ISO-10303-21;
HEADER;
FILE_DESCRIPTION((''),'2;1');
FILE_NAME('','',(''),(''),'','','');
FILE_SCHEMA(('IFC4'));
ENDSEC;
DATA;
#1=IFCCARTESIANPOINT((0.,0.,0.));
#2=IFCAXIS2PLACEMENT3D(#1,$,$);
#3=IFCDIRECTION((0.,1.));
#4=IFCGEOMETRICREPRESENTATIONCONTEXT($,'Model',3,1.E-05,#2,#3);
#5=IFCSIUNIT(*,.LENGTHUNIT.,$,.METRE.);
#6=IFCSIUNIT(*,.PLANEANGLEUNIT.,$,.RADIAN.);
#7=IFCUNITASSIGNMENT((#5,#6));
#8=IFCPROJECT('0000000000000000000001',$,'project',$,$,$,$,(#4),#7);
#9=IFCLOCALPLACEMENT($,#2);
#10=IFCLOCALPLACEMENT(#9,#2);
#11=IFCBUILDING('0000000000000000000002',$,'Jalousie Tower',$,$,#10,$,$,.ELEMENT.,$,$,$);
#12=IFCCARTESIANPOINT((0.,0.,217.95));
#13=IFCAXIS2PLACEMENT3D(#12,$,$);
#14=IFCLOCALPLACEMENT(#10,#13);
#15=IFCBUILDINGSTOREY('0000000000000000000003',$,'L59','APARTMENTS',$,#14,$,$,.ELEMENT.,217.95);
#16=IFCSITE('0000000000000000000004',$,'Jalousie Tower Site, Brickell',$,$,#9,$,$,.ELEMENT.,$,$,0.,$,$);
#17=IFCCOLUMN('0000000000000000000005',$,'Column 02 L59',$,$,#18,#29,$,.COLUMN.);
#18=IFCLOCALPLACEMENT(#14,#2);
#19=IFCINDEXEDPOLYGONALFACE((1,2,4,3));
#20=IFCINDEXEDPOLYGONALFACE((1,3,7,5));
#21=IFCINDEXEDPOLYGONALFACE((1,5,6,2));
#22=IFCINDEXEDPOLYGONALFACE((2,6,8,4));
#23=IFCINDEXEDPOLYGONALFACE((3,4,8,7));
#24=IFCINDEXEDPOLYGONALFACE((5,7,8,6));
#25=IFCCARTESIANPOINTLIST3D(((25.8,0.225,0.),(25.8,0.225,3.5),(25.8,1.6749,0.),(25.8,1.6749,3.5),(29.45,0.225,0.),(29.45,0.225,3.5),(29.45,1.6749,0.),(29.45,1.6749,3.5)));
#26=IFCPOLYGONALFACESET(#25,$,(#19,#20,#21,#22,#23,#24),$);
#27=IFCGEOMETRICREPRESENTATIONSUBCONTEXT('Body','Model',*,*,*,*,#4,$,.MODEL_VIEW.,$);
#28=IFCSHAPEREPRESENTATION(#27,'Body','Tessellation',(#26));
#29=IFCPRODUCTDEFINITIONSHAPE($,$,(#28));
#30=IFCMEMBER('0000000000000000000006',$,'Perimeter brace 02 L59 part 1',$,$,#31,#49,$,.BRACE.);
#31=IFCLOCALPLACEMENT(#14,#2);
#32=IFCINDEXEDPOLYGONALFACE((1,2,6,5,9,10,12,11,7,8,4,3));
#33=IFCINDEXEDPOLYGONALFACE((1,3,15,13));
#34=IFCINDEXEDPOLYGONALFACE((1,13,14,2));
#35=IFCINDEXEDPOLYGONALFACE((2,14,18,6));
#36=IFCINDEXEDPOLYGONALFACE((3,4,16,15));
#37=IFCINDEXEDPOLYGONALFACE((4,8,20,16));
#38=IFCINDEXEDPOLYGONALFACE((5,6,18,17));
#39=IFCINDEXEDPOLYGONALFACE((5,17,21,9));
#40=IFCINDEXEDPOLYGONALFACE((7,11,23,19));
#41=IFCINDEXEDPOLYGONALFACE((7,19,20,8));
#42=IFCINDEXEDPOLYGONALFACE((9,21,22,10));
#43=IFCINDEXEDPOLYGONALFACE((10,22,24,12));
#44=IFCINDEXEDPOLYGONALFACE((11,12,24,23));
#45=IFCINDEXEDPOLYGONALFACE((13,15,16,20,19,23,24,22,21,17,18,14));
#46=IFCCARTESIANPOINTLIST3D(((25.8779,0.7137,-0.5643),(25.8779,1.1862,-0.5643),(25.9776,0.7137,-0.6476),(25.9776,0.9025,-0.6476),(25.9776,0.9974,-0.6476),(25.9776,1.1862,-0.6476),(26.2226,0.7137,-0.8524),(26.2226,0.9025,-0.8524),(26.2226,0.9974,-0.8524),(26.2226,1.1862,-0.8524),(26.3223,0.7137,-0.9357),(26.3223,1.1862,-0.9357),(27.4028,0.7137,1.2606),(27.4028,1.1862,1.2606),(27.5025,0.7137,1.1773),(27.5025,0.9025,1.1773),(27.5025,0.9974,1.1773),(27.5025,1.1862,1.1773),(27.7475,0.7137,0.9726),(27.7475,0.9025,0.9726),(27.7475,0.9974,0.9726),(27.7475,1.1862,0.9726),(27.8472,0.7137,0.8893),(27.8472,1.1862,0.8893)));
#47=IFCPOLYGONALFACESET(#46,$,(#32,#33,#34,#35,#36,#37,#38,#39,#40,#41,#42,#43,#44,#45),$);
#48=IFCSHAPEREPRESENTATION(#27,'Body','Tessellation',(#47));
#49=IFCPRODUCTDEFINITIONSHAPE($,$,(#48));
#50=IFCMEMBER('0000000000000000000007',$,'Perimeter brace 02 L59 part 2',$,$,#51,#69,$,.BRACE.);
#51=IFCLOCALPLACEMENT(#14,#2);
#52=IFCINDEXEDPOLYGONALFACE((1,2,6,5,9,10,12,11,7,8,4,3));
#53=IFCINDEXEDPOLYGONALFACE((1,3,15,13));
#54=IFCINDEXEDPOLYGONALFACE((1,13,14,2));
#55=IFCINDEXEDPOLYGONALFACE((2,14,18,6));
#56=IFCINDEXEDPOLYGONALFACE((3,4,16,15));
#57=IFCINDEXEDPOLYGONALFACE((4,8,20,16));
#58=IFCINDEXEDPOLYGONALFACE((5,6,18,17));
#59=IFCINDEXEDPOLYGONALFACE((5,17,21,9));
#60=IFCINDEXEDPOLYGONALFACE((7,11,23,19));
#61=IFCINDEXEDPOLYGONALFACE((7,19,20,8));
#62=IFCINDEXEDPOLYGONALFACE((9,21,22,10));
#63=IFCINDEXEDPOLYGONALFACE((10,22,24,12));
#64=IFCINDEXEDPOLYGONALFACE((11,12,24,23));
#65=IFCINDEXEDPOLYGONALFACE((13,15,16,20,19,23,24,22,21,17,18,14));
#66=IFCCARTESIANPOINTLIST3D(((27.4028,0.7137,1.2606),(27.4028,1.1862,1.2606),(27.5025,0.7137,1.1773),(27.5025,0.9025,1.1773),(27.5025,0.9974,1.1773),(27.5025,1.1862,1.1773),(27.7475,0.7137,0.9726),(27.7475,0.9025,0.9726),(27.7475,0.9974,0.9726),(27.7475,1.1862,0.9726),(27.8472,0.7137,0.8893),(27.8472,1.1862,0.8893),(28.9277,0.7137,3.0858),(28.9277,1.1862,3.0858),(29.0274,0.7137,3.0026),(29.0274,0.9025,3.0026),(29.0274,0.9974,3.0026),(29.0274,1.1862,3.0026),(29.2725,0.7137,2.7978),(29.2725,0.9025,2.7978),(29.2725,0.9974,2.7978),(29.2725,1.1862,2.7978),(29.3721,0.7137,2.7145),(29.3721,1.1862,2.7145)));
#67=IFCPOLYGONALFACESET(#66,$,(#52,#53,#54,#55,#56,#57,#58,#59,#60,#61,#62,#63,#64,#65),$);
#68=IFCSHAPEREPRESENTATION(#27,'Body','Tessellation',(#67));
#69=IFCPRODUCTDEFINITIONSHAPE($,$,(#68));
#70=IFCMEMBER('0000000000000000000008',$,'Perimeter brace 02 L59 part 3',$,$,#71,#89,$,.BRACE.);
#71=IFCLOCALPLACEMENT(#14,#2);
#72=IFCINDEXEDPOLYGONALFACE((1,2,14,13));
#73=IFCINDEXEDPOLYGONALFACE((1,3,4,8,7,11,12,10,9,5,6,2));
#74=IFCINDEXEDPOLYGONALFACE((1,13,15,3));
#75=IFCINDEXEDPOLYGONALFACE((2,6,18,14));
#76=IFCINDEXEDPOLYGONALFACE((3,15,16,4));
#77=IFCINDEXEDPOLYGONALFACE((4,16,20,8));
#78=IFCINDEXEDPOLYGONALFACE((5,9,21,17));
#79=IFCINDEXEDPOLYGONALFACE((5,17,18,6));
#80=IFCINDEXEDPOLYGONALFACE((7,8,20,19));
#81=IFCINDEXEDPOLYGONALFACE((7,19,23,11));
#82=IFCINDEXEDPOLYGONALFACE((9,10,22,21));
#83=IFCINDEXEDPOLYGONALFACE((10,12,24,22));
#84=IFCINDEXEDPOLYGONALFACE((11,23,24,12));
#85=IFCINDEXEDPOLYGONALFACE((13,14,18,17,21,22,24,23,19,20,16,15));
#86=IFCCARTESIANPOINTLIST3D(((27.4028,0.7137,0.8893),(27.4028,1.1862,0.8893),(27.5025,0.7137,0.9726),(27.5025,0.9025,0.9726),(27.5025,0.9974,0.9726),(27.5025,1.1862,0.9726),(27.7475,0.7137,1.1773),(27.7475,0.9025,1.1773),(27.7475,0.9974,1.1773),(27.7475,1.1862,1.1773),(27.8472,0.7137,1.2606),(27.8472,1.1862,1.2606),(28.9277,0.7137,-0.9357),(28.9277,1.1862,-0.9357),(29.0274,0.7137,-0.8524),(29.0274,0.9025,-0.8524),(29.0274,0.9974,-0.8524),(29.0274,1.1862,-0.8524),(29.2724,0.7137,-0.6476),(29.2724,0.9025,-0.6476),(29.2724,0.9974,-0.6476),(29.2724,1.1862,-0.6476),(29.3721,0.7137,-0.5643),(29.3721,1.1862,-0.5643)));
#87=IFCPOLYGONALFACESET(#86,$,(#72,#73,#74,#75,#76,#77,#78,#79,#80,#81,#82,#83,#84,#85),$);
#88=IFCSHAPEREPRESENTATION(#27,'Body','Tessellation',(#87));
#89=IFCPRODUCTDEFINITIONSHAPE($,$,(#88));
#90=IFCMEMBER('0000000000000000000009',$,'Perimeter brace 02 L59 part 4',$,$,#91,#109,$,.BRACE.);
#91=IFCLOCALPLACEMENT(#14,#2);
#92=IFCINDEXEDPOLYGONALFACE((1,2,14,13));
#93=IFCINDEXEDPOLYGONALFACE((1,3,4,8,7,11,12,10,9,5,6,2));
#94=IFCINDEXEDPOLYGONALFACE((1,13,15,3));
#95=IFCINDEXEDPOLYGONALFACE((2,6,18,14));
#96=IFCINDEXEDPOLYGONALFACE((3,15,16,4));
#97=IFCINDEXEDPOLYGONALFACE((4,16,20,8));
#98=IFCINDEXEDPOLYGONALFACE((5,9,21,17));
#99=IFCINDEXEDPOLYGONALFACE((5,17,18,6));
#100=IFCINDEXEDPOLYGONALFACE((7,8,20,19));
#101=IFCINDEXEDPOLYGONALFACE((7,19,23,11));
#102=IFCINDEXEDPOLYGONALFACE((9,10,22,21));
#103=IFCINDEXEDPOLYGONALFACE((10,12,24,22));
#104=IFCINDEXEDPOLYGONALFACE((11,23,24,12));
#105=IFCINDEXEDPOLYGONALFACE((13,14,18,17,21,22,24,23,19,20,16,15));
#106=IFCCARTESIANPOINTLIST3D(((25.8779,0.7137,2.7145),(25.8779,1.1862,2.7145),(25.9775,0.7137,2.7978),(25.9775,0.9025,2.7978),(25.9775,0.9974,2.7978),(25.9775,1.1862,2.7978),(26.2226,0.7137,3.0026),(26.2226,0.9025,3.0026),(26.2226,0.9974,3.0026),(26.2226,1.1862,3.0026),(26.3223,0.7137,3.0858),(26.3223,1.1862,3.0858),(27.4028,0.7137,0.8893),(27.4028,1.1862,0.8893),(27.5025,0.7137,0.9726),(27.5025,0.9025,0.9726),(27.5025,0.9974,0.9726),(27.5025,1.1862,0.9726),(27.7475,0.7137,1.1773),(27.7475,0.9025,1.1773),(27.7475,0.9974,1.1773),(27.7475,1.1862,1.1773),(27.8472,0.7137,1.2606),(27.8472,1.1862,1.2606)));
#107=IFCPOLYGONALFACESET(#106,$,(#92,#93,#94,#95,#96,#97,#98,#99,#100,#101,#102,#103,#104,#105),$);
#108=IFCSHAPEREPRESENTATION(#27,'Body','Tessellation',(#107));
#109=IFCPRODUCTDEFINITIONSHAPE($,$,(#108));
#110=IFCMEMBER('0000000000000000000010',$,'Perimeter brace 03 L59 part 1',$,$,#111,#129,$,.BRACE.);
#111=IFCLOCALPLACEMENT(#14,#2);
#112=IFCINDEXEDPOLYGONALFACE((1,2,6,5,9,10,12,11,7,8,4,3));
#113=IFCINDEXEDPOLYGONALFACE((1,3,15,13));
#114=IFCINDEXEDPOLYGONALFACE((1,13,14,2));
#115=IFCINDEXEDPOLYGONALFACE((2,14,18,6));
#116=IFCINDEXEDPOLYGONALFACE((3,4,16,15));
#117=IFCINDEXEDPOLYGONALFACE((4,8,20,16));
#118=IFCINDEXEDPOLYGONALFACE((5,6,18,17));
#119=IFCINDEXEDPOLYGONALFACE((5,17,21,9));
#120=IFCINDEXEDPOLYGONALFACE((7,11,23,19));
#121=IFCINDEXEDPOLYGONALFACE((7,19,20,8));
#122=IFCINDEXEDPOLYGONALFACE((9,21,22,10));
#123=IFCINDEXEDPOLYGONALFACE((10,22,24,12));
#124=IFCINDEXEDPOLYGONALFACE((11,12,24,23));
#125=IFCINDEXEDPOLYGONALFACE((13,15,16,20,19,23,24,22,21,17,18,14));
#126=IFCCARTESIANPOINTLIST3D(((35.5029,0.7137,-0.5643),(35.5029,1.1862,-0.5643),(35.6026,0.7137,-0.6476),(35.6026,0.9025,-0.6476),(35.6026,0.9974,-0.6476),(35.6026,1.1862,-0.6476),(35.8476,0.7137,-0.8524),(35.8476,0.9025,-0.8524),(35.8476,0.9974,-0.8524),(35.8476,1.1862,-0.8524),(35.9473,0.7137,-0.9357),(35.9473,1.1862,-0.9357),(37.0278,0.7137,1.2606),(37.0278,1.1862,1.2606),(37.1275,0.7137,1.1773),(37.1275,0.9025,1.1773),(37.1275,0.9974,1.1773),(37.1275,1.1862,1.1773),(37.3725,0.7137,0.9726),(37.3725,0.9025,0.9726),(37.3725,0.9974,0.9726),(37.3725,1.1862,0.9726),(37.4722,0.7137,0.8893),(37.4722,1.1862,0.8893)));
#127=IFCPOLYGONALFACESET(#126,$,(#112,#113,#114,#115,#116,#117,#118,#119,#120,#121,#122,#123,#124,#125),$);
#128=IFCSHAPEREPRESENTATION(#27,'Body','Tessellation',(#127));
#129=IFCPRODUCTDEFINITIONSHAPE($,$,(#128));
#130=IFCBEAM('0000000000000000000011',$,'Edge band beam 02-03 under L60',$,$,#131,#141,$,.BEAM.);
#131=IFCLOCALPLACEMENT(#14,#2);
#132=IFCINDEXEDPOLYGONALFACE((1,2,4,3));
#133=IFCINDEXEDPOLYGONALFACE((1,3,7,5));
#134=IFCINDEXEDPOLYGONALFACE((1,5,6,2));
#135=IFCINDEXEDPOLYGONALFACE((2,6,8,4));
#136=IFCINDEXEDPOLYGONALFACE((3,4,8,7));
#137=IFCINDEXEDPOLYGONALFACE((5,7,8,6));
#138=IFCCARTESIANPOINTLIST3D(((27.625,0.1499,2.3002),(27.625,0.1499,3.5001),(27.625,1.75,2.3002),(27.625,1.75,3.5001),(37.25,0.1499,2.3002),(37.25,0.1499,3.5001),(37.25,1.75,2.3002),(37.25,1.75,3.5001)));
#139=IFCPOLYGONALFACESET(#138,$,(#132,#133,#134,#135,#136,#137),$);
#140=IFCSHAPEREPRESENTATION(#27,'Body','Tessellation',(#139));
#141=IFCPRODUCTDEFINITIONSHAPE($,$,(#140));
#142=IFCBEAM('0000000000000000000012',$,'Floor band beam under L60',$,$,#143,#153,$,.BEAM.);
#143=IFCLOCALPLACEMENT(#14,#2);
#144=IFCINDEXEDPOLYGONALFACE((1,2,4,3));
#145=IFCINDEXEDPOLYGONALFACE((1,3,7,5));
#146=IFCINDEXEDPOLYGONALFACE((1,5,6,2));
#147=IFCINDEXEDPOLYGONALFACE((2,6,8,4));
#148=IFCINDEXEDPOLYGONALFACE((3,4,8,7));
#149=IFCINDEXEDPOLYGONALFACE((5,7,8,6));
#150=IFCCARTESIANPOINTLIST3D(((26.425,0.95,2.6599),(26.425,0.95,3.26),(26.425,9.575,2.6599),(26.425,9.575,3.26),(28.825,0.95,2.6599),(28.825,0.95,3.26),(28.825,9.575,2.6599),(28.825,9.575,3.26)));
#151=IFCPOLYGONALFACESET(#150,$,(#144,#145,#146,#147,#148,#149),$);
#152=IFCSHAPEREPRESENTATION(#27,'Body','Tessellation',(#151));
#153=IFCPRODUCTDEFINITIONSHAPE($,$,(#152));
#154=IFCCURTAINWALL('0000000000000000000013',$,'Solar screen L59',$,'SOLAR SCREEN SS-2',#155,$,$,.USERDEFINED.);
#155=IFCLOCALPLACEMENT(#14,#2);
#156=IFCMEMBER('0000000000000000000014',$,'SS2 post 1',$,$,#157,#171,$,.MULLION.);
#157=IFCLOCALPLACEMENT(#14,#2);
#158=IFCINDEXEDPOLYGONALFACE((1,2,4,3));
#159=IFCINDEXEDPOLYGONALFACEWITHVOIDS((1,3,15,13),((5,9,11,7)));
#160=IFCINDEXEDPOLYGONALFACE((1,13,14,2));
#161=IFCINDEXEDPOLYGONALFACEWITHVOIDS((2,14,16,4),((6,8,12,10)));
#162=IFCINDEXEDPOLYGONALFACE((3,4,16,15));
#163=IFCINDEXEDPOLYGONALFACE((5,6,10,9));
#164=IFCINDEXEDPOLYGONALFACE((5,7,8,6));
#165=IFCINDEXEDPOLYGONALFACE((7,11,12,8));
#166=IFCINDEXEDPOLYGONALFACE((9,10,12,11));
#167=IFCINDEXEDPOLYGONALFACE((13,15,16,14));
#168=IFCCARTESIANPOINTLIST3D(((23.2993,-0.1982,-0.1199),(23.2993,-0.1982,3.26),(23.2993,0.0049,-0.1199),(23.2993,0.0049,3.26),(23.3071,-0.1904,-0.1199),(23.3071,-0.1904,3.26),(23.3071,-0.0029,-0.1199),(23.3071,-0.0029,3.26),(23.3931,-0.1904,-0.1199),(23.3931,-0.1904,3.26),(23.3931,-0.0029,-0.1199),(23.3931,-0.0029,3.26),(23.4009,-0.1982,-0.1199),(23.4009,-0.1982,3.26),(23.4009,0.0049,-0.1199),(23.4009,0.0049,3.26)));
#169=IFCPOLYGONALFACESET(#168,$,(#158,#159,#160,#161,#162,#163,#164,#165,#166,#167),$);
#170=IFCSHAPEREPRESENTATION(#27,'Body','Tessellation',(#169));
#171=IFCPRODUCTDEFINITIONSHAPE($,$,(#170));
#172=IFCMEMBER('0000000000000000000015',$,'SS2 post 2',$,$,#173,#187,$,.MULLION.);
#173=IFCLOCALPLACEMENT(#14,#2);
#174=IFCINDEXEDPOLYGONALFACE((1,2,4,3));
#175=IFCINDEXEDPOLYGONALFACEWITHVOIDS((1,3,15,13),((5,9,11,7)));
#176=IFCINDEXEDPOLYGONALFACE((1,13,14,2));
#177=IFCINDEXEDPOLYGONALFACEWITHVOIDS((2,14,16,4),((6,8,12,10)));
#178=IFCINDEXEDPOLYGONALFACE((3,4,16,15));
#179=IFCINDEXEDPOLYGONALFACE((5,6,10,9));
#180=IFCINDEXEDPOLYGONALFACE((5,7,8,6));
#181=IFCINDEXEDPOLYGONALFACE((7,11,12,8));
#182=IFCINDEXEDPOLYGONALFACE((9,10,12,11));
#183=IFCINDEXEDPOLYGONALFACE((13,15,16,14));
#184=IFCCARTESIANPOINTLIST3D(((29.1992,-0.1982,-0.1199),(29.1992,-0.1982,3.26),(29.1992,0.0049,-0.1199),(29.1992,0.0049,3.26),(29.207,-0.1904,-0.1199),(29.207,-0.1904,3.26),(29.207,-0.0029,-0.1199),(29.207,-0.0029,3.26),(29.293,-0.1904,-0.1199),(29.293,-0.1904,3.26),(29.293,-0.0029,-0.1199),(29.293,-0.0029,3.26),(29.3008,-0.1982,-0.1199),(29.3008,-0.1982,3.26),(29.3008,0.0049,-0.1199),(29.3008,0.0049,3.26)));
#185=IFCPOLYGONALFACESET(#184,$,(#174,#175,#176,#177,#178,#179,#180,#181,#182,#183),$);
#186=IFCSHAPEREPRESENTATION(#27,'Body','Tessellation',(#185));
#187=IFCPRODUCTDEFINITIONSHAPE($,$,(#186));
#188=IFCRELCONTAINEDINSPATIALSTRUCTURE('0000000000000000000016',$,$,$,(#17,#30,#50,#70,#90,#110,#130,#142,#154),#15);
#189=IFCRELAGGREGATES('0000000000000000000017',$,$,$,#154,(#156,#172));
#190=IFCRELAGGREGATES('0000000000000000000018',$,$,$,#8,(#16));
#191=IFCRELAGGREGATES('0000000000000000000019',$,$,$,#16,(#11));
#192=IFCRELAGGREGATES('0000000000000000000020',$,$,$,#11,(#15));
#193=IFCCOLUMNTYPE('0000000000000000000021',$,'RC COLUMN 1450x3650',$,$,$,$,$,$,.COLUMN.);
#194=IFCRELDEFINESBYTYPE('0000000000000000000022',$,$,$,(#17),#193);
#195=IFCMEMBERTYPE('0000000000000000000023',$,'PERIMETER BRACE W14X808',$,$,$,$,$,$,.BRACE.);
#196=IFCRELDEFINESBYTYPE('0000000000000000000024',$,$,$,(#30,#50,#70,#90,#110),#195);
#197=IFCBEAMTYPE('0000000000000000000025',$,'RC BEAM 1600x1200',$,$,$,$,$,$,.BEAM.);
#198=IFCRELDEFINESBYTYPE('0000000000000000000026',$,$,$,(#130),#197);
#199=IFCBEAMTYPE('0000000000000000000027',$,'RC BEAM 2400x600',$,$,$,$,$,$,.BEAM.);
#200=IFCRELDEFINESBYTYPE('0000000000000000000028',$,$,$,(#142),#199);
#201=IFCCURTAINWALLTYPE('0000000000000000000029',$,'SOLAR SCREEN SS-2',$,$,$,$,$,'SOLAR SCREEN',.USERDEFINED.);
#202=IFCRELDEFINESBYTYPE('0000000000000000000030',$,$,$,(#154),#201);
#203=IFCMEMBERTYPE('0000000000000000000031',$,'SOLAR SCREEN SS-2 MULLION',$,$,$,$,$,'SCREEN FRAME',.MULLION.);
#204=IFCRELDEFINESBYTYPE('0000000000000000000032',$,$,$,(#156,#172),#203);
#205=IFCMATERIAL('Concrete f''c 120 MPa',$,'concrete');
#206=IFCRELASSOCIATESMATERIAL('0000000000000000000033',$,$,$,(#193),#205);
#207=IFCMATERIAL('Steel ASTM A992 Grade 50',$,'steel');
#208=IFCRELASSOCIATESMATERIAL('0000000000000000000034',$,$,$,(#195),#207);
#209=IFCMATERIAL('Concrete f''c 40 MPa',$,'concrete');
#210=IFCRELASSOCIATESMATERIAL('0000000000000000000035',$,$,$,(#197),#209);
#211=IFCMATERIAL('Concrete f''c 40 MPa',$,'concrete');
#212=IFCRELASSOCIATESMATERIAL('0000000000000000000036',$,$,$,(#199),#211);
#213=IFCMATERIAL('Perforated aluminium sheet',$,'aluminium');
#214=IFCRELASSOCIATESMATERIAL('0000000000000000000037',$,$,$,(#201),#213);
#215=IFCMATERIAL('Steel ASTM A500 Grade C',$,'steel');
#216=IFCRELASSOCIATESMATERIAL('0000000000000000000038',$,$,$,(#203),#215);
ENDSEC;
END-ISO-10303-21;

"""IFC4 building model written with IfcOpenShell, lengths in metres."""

from ifc_helpers import new_model, si_unit, direction, frame, origin, origin_2d, place, context, subcontext, project, spatial, rectangle, hollow_rectangle, i_section, extrude, material, material_profile, profile_set, type_object, element, aggregate, save


model = new_model("IFC4")

# Units and contexts
model_context = context("Model", 3, precision=1e-05, world=origin(), true_north=direction((0.0, 1.0)))
body_context = subcontext(model_context, "Body", "Model", "MODEL_VIEW")
ifc_project = project(units=[si_unit("LENGTHUNIT", "METRE"), si_unit("PLANEANGLEUNIT", "RADIAN")], contexts=[model_context])

# Site, building, storey
site_placement = place(None, origin())
site = spatial("IfcSite", under=ifc_project, at=site_placement, Name="Jalousie Tower Site, Brickell", CompositionType="ELEMENT", RefElevation=0.0)
building_placement = place(site_placement, origin())
building = spatial("IfcBuilding", under=site, at=building_placement, Name="Jalousie Tower", CompositionType="ELEMENT")
storey_placement = place(building_placement, frame((0.0, 0.0, 217.95)))
storey = spatial("IfcBuildingStorey", under=building, at=storey_placement, Name="L59", Description="APARTMENTS", CompositionType="ELEMENT", Elevation=217.95)

# Column
ifc_material_1 = material(Name="Concrete f'c 120 MPa", Category="concrete")
ifc_material_profile_1 = material_profile(ifc_material_1, rectangle(XDim=1.45, YDim=3.6499, at=origin_2d()), Name="RC 1450x3650")
ifc_profile_set_1 = profile_set([ifc_material_profile_1], Name="Concrete f'c 120 MPa")
column_type = type_object("IfcColumnType", Name="RC COLUMN 1450x3650", PredefinedType="COLUMN", material=ifc_profile_set_1)
column_placement = place(storey_placement, frame((27.625, 0.95, 0.0), z_axis=(0.0, 0.0, 1.0), x_axis=(0.0, 1.0, 0.0)))
element("IfcColumn", 1, at=column_placement, inside=storey, type_object=column_type, Name="Column 02 L59", PredefinedType="COLUMN", context=body_context, shape_type="SweptSolid", body=[
    extrude(rectangle(XDim=1.45, YDim=3.6499, at=origin_2d()), origin(), (0.0, 0.0, 1.0), 3.5),
])

# Members
ifc_material_2 = material(Name="Steel ASTM A992 Grade 50", Category="steel")
ifc_material_profile_2 = material_profile(ifc_material_2, i_section(OverallWidth=0.4724, OverallDepth=0.5791, WebThickness=0.095, FlangeThickness=0.1299, at=origin_2d()), Name="W14X808")
ifc_profile_set_2 = profile_set([ifc_material_profile_2], Name="Steel ASTM A992 Grade 50")
member_type_1 = type_object("IfcMemberType", Name="PERIMETER BRACE W14X808", PredefinedType="BRACE", material=ifc_profile_set_2)
member_1_placement = place(storey_placement, frame((26.1001, 0.95, -0.75), z_axis=(0.641204, 0.0, 0.767371), x_axis=(0.0, 1.0, 0.0)))
element("IfcMember", 2, at=member_1_placement, inside=storey, type_object=member_type_1, Name="Perimeter brace 02 L59 part 1", PredefinedType="BRACE", context=body_context, shape_type="SweptSolid", body=[
    extrude(i_section(OverallWidth=0.4724, OverallDepth=0.5791, WebThickness=0.095, FlangeThickness=0.1299, at=origin_2d()), origin(), (0.0, 0.0, 1.0), 2.3782),
])
member_2_placement = place(storey_placement, frame((27.625, 0.95, 1.075), z_axis=(0.641153, 0.0, 0.767413), x_axis=(0.0, 1.0, 0.0)))
element("IfcMember", 3, at=member_2_placement, inside=storey, type_object=member_type_1, Name="Perimeter brace 02 L59 part 2", PredefinedType="BRACE", context=body_context, shape_type="SweptSolid", body=[
    extrude(i_section(OverallWidth=0.4724, OverallDepth=0.5791, WebThickness=0.095, FlangeThickness=0.1299, at=origin_2d()), origin(), (0.0, 0.0, 1.0), 2.3784),
])
member_3_placement = place(storey_placement, frame((29.1499, 0.95, -0.75), z_axis=(-0.641204, 0.0, 0.767371), x_axis=(0.0, -1.0, 0.0)))
element("IfcMember", 4, at=member_3_placement, inside=storey, type_object=member_type_1, Name="Perimeter brace 02 L59 part 3", PredefinedType="BRACE", context=body_context, shape_type="SweptSolid", body=[
    extrude(i_section(OverallWidth=0.4724, OverallDepth=0.5791, WebThickness=0.095, FlangeThickness=0.1299, at=origin_2d()), origin(), (0.0, 0.0, 1.0), 2.3782),
])
member_4_placement = place(storey_placement, frame((27.625, 0.95, 1.075), z_axis=(-0.641153, 0.0, 0.767413), x_axis=(0.0, -1.0, 0.0)))
element("IfcMember", 5, at=member_4_placement, inside=storey, type_object=member_type_1, Name="Perimeter brace 02 L59 part 4", PredefinedType="BRACE", context=body_context, shape_type="SweptSolid", body=[
    extrude(i_section(OverallWidth=0.4724, OverallDepth=0.5791, WebThickness=0.095, FlangeThickness=0.1299, at=origin_2d()), origin(), (0.0, 0.0, 1.0), 2.3784),
])
member_5_placement = place(storey_placement, frame((35.7251, 0.95, -0.75), z_axis=(0.641204, 0.0, 0.767371), x_axis=(0.0, 1.0, 0.0)))
element("IfcMember", 6, at=member_5_placement, inside=storey, type_object=member_type_1, Name="Perimeter brace 03 L59 part 1", PredefinedType="BRACE", context=body_context, shape_type="SweptSolid", body=[
    extrude(i_section(OverallWidth=0.4724, OverallDepth=0.5791, WebThickness=0.095, FlangeThickness=0.1299, at=origin_2d()), origin(), (0.0, 0.0, 1.0), 2.3782),
])

# Beams
ifc_material_3 = material(Name="Concrete f'c 40 MPa", Category="concrete")
ifc_material_profile_3 = material_profile(ifc_material_3, rectangle(XDim=1.6001, YDim=1.2, at=origin_2d()), Name="RC 1600x1200")
ifc_profile_set_3 = profile_set([ifc_material_profile_3], Name="Concrete f'c 40 MPa")
beam_type_1 = type_object("IfcBeamType", Name="RC BEAM 1600x1200", PredefinedType="BEAM", material=ifc_profile_set_3)
beam_1_placement = place(storey_placement, frame((27.625, 0.95, 2.9001), z_axis=(1.0, 0.0, 0.0), x_axis=(0.0, 1.0, 0.0)))
element("IfcBeam", 7, at=beam_1_placement, inside=storey, type_object=beam_type_1, Name="Edge band beam 02-03 under L60", PredefinedType="BEAM", context=body_context, shape_type="SweptSolid", body=[
    extrude(rectangle(XDim=1.6001, YDim=1.2, at=origin_2d()), origin(), (0.0, 0.0, 1.0), 9.625),
])
ifc_material_4 = material(Name="Concrete f'c 40 MPa", Category="concrete")
ifc_material_profile_4 = material_profile(ifc_material_4, rectangle(XDim=2.3999, YDim=0.6001, at=origin_2d()), Name="RC 2400x600")
ifc_profile_set_4 = profile_set([ifc_material_profile_4], Name="Concrete f'c 40 MPa")
beam_type_2 = type_object("IfcBeamType", Name="RC BEAM 2400x600", PredefinedType="BEAM", material=ifc_profile_set_4)
beam_2_placement = place(storey_placement, frame((27.625, 0.95, 2.96), z_axis=(0.0, 1.0, 0.0), x_axis=(-1.0, 0.0, 0.0)))
element("IfcBeam", 8, at=beam_2_placement, inside=storey, type_object=beam_type_2, Name="Floor band beam under L60", PredefinedType="BEAM", context=body_context, shape_type="SweptSolid", body=[
    extrude(rectangle(XDim=2.3999, YDim=0.6001, at=origin_2d()), origin(), (0.0, 0.0, 1.0), 8.625),
])

# Curtain wall, members
ifc_material_5 = material(Name="Perforated aluminium sheet", Category="aluminium")
curtain_wall_type = type_object("IfcCurtainWallType", Name="SOLAR SCREEN SS-2", ElementType="SOLAR SCREEN", PredefinedType="USERDEFINED", material=ifc_material_5)
curtain_wall_1_placement = place(storey_placement, origin())
curtain_wall_1 = element("IfcCurtainWall", 9, at=curtain_wall_1_placement, inside=storey, type_object=curtain_wall_type, Name="Solar screen L59", ObjectType="SOLAR SCREEN SS-2", PredefinedType="USERDEFINED")
ifc_material_6 = material(Name="Steel ASTM A500 Grade C", Category="steel")
ifc_material_profile_5 = material_profile(ifc_material_6, hollow_rectangle(XDim=0.1016, YDim=0.2031, WallThickness=0.0078, at=origin_2d()), Name="HSS8X4X5/16")
ifc_profile_set_5 = profile_set([ifc_material_profile_5], Name="Steel ASTM A500 Grade C")
member_type_2 = type_object("IfcMemberType", Name="SOLAR SCREEN SS-2 MULLION", ElementType="SCREEN FRAME", PredefinedType="MULLION", material=ifc_profile_set_5)
member_6_placement = place(storey_placement, frame((23.3501, -0.0967, -0.1199), z_axis=(0.0, 0.0, 1.0), x_axis=(1.0, 0.0, 0.0)))
member_6 = element("IfcMember", 10, at=member_6_placement, type_object=member_type_2, Name="SS2 post 1", PredefinedType="MULLION", context=body_context, shape_type="SweptSolid", body=[
    extrude(hollow_rectangle(XDim=0.1016, YDim=0.2031, WallThickness=0.0078, at=origin_2d()), origin(), (0.0, 0.0, 1.0), 3.3799),
])
member_7_placement = place(storey_placement, frame((29.25, -0.0967, -0.1199), z_axis=(0.0, 0.0, 1.0), x_axis=(1.0, 0.0, 0.0)))
member_7 = element("IfcMember", 11, at=member_7_placement, type_object=member_type_2, Name="SS2 post 2", PredefinedType="MULLION", context=body_context, shape_type="SweptSolid", body=[
    extrude(hollow_rectangle(XDim=0.1016, YDim=0.2031, WallThickness=0.0078, at=origin_2d()), origin(), (0.0, 0.0, 1.0), 3.3799),
])

aggregate(curtain_wall_1, [member_6, member_7])

save(model, "model.ifc")
